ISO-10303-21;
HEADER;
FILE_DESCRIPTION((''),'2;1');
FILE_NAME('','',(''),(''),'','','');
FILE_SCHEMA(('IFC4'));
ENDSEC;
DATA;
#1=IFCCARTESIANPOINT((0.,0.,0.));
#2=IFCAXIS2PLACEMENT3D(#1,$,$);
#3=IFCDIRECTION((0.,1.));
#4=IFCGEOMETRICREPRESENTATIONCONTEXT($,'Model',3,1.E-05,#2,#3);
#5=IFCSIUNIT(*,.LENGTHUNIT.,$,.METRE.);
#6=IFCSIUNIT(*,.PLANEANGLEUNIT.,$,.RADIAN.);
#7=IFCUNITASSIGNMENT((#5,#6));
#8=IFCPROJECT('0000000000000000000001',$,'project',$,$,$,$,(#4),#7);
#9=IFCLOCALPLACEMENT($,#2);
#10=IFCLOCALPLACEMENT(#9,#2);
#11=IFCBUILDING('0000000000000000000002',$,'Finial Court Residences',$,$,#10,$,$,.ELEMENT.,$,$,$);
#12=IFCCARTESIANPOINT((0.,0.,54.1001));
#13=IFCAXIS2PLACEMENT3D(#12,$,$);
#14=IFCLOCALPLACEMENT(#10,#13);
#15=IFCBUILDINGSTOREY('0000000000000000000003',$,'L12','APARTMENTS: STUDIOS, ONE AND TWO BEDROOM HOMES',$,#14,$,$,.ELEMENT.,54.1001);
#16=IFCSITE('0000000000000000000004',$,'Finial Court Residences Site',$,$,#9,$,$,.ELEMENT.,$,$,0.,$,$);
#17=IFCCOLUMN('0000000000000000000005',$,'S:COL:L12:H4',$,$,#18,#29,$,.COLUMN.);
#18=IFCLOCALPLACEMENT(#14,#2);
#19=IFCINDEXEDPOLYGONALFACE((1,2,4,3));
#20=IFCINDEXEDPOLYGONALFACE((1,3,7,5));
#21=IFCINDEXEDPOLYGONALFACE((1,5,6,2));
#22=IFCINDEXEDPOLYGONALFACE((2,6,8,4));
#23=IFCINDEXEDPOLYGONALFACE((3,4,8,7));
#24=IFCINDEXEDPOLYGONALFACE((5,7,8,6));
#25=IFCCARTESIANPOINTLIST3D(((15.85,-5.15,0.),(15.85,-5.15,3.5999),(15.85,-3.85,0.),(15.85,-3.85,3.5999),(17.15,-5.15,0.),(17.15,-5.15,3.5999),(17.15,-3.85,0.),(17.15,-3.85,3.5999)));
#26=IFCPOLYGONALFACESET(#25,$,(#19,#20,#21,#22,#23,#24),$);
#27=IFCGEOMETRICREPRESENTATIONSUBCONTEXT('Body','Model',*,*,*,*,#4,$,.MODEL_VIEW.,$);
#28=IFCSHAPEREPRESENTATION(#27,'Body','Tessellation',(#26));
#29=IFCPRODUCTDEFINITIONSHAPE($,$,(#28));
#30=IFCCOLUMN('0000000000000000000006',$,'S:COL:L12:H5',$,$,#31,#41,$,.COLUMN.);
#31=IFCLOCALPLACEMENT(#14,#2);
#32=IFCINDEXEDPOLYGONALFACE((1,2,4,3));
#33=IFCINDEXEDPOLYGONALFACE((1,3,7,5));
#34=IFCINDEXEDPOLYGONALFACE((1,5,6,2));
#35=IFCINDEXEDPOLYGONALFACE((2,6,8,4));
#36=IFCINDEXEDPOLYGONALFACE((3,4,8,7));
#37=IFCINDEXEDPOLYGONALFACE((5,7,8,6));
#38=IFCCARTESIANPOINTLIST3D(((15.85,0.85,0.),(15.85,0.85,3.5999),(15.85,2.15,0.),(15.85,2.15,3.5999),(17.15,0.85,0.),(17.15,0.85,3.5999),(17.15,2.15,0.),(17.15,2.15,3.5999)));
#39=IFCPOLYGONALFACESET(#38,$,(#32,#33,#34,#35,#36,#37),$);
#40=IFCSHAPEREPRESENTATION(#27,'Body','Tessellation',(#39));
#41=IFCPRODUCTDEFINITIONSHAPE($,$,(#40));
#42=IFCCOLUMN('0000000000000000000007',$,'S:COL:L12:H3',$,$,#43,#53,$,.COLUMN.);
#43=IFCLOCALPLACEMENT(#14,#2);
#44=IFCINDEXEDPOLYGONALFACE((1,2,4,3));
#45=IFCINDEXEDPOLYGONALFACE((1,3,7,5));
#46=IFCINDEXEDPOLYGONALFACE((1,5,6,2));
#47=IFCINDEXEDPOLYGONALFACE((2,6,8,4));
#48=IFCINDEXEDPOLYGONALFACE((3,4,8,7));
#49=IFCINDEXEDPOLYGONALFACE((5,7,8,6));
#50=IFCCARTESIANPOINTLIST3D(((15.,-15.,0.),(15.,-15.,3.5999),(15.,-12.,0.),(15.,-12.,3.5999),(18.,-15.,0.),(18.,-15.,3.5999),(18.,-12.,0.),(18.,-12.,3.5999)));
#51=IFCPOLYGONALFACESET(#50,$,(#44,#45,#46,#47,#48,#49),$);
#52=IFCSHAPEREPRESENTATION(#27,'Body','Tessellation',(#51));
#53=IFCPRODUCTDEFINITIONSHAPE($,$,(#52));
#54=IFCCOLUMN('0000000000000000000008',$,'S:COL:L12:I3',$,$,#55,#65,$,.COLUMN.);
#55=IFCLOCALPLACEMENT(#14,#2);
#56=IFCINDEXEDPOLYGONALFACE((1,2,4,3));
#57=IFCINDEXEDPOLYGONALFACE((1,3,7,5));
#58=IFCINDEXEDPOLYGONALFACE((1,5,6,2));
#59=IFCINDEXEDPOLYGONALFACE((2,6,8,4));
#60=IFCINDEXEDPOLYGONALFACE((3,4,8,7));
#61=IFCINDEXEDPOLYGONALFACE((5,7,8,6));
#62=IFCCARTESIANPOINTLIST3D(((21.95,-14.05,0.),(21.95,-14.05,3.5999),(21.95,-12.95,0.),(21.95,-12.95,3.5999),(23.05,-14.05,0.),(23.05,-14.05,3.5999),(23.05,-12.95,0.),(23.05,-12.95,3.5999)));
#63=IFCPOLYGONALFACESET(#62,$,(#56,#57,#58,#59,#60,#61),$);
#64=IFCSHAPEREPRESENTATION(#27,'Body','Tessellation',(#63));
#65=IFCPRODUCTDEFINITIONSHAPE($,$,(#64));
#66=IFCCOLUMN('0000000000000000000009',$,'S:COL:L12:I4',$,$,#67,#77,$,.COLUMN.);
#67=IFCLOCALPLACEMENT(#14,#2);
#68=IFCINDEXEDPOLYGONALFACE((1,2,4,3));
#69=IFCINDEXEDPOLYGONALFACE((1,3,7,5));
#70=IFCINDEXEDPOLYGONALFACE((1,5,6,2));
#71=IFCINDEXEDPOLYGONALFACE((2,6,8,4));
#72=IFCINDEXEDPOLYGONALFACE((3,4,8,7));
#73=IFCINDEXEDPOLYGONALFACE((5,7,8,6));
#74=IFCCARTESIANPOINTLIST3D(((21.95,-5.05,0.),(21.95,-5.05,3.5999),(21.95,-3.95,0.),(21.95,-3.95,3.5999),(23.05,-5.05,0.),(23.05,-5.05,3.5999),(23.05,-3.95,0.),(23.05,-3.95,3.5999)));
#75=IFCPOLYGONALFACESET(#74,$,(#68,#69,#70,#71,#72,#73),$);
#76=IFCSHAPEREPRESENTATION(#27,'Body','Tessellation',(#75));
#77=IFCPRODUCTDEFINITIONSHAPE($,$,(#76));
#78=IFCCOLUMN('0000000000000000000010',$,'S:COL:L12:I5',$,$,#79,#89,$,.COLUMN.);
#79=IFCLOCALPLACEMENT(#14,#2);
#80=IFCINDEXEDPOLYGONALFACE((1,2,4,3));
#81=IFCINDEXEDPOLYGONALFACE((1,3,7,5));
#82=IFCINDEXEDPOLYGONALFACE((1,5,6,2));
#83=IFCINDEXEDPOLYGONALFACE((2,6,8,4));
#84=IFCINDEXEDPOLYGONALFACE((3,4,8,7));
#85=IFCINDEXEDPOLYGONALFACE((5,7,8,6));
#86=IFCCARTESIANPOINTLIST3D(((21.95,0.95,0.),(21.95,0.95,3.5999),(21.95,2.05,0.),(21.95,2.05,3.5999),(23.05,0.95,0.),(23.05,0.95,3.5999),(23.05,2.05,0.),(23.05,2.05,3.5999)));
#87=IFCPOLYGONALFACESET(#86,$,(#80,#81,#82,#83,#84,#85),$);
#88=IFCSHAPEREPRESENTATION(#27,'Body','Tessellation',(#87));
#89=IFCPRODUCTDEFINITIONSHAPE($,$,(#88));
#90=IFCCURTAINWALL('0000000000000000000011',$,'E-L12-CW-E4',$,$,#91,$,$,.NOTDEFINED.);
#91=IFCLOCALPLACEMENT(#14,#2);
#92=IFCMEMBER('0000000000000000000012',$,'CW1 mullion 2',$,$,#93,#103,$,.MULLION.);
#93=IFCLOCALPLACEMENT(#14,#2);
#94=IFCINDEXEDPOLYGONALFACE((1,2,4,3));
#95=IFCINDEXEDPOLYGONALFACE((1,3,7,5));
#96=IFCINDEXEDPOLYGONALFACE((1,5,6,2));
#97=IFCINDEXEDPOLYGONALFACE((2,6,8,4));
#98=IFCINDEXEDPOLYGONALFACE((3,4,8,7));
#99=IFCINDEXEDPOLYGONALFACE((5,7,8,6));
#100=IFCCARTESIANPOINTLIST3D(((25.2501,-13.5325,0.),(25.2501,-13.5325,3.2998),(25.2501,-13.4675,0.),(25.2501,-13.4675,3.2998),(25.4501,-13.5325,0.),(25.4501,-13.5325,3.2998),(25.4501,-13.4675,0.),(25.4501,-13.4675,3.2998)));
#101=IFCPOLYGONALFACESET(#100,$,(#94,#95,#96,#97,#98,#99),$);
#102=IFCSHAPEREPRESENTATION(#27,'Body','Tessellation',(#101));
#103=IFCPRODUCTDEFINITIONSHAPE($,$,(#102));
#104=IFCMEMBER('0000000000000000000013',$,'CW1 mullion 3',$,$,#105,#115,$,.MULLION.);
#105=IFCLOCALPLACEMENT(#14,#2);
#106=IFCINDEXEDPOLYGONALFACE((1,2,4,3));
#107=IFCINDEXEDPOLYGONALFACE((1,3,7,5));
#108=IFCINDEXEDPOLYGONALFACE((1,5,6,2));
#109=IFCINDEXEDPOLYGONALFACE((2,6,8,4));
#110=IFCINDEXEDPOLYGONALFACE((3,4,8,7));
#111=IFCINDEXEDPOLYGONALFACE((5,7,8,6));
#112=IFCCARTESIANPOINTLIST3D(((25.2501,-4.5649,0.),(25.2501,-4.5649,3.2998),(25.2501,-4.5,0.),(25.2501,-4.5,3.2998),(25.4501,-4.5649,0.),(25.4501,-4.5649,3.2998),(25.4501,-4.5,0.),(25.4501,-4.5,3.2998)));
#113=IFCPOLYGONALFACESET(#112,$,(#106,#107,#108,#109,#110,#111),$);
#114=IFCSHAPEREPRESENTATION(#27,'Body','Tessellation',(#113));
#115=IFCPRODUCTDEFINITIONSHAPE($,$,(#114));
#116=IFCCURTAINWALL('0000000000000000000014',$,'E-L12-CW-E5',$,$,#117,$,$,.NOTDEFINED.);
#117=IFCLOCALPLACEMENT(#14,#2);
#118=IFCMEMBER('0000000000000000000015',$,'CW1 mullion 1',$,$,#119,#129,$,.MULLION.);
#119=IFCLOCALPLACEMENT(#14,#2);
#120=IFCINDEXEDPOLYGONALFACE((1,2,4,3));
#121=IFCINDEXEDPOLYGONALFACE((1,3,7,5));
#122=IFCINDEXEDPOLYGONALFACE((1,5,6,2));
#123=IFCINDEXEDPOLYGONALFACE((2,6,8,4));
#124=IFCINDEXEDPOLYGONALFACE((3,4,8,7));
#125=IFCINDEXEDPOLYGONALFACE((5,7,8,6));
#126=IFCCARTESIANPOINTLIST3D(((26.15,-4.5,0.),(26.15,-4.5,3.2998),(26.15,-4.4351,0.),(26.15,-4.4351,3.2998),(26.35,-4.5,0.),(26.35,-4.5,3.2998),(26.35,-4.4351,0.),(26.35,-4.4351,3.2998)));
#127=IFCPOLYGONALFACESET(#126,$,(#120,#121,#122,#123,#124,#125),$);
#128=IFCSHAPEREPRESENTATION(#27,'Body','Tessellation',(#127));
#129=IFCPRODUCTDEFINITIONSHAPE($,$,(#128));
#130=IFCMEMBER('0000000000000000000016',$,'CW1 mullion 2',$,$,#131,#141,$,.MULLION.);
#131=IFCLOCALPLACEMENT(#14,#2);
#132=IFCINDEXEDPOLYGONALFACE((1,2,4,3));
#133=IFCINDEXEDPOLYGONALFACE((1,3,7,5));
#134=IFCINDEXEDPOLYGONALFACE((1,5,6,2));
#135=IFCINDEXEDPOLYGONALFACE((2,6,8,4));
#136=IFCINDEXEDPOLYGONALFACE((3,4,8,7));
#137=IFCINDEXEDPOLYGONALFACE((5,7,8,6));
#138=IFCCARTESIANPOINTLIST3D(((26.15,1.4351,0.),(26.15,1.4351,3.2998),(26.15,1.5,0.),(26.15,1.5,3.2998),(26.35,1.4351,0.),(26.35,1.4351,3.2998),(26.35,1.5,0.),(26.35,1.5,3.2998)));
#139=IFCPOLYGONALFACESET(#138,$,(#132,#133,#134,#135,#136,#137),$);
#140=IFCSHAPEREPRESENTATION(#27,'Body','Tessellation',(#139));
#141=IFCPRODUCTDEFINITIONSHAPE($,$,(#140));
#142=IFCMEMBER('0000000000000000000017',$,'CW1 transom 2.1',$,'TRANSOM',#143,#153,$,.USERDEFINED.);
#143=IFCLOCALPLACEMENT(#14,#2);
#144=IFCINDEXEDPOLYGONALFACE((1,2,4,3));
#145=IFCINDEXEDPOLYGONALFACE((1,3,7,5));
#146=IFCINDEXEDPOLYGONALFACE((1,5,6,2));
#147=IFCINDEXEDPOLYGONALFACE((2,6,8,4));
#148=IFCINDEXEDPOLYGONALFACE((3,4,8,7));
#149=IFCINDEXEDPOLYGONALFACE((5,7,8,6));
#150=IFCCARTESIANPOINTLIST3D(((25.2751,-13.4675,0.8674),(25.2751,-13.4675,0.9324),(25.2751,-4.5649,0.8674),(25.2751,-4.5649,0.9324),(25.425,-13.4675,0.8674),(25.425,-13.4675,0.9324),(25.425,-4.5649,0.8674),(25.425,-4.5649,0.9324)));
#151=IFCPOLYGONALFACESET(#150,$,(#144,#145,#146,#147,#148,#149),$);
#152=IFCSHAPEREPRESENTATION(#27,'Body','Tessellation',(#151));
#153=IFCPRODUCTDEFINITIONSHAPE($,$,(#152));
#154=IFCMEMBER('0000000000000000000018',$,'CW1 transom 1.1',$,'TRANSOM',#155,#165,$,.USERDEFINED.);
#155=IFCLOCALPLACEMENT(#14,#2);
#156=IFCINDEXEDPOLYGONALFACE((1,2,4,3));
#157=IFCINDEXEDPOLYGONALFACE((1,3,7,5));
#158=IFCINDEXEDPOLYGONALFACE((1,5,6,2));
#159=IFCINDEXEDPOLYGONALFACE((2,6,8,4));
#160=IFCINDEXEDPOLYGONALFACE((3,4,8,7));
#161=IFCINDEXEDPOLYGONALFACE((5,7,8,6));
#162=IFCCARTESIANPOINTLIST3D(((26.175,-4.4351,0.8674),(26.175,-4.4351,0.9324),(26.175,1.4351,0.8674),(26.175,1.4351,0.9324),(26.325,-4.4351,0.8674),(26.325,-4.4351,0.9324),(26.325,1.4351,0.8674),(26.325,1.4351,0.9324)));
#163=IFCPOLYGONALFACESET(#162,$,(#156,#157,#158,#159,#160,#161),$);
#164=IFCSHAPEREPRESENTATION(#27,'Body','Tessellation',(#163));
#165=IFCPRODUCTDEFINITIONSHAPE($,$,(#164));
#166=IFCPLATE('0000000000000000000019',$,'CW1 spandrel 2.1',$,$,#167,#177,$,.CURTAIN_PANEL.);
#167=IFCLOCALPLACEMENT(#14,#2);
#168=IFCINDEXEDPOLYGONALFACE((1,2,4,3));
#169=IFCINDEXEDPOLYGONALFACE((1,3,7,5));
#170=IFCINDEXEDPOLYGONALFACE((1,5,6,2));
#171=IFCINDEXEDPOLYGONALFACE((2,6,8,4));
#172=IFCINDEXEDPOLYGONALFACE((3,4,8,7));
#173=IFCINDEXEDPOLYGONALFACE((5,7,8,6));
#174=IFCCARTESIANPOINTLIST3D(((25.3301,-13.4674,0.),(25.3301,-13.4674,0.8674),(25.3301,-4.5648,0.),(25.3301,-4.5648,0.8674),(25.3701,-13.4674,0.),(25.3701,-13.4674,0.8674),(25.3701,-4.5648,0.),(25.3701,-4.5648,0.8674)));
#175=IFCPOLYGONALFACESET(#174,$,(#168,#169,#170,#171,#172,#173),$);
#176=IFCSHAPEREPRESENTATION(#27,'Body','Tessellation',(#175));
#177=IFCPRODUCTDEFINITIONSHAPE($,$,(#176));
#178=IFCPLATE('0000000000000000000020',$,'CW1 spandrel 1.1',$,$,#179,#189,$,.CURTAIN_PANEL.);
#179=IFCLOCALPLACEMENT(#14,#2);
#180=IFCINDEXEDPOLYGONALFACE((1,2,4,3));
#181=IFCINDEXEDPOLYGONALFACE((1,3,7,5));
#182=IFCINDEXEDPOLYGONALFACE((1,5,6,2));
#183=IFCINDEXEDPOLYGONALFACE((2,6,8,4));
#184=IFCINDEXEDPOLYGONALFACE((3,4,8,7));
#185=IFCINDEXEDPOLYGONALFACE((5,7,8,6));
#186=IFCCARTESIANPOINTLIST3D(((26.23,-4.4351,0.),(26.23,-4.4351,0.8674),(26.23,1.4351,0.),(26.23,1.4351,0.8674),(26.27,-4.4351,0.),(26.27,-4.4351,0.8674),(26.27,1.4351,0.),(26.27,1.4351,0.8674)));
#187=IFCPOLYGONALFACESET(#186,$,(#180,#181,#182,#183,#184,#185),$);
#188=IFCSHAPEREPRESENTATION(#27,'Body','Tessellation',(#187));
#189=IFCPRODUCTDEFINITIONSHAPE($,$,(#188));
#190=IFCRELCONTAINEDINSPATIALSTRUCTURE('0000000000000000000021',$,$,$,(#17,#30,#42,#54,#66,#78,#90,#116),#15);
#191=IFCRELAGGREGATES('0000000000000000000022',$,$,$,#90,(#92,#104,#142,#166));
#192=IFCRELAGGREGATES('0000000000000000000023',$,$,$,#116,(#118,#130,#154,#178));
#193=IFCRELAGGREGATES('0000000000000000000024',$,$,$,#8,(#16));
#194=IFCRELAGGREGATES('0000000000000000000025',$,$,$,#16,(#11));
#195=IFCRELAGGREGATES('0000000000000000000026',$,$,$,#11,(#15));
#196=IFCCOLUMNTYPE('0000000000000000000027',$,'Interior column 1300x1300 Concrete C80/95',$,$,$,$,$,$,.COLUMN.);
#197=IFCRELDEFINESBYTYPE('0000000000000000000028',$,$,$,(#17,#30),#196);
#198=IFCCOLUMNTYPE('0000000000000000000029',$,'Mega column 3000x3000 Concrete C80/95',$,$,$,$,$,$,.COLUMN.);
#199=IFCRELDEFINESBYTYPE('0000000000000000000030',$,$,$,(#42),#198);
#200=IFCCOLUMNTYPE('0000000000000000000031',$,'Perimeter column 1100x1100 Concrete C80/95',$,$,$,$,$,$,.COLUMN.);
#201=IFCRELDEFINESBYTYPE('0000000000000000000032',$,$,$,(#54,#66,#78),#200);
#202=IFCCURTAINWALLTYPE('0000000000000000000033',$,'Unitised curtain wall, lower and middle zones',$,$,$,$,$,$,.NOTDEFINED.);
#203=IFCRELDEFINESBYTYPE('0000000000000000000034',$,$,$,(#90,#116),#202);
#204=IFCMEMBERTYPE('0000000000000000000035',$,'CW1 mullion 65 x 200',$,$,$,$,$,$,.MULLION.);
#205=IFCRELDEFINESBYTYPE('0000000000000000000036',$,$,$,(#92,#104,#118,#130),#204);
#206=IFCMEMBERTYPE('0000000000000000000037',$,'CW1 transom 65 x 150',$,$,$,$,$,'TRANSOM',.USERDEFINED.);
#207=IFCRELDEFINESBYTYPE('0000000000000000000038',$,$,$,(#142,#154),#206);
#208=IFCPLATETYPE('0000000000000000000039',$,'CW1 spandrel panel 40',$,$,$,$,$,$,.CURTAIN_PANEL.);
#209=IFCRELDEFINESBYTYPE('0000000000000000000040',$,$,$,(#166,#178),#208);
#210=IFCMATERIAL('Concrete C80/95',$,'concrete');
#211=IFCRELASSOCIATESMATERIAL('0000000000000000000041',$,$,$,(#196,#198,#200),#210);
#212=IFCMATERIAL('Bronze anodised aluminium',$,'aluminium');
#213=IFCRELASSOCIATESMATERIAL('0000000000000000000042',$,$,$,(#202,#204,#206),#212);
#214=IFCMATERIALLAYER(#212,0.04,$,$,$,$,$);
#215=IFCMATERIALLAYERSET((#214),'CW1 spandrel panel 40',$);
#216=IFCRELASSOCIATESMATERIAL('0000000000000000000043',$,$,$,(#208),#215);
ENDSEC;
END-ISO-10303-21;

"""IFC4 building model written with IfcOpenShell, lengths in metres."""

from ifc_helpers import new_model, si_unit, direction, frame, origin, origin_2d, place, context, subcontext, project, spatial, rectangle, extrude, material, layer, layer_set, material_profile, profile_set, type_object, element, aggregate, save


model = new_model("IFC4")

# Units and contexts
model_context = context("Model", 3, precision=1e-05, world=origin(), true_north=direction((0.0, 1.0)))
body_context = subcontext(model_context, "Body", "Model", "MODEL_VIEW")
ifc_project = project(units=[si_unit("LENGTHUNIT", "METRE"), si_unit("PLANEANGLEUNIT", "RADIAN")], contexts=[model_context])

# Site, building, storey
site_placement = place(None, origin())
site = spatial("IfcSite", under=ifc_project, at=site_placement, Name="Finial Court Residences Site", CompositionType="ELEMENT", RefElevation=0.0)
building_placement = place(site_placement, origin())
building = spatial("IfcBuilding", under=site, at=building_placement, Name="Finial Court Residences", CompositionType="ELEMENT")
storey_placement = place(building_placement, frame((0.0, 0.0, 54.1001)))
storey = spatial("IfcBuildingStorey", under=building, at=storey_placement, Name="L12", Description="APARTMENTS: STUDIOS, ONE AND TWO BEDROOM HOMES", CompositionType="ELEMENT", Elevation=54.1001)

# Columns
ifc_material_1 = material(Name="Concrete C80/95", Category="concrete")
ifc_material_profile_1 = material_profile(ifc_material_1, rectangle(XDim=1.3, YDim=1.3, at=origin_2d()), Name="1300x1300")
ifc_profile_set_1 = profile_set([ifc_material_profile_1], Name="Concrete C80/95")
column_type_1 = type_object("IfcColumnType", Name="Interior column 1300x1300 Concrete C80/95", PredefinedType="COLUMN", material=ifc_profile_set_1)
for number, where, z_axis, x_axis, name in (
    (1, (16.5, -4.5, 0.0), (0.0, 0.0, 1.0), (1.0, 0.0, 0.0), "S:COL:L12:H4"),
    (2, (16.5, 1.5, 0.0), (0.0, 0.0, 1.0), (1.0, 0.0, 0.0), "S:COL:L12:H5"),
):
    element("IfcColumn", number, at=place(storey_placement, frame(where, z_axis=z_axis, x_axis=x_axis)), inside=storey, type_object=column_type_1, Name=name, PredefinedType="COLUMN", context=body_context, shape_type="SweptSolid", body=[
        extrude(rectangle(XDim=1.3, YDim=1.3, at=origin_2d()), origin(), (0.0, 0.0, 1.0), 3.5999),
    ])
ifc_material_profile_2 = material_profile(ifc_material_1, rectangle(XDim=3.0, YDim=3.0, at=origin_2d()), Name="3000x3000")
ifc_profile_set_2 = profile_set([ifc_material_profile_2], Name="Concrete C80/95")
column_type_2 = type_object("IfcColumnType", Name="Mega column 3000x3000 Concrete C80/95", PredefinedType="COLUMN", material=ifc_profile_set_2)
column_placement = place(storey_placement, frame((16.5, -13.5, 0.0), z_axis=(0.0, 0.0, 1.0), x_axis=(1.0, 0.0, 0.0)))
element("IfcColumn", 3, at=column_placement, inside=storey, type_object=column_type_2, Name="S:COL:L12:H3", PredefinedType="COLUMN", context=body_context, shape_type="SweptSolid", body=[
    extrude(rectangle(XDim=3.0, YDim=3.0, at=origin_2d()), origin(), (0.0, 0.0, 1.0), 3.5999),
])
ifc_material_profile_3 = material_profile(ifc_material_1, rectangle(XDim=1.1001, YDim=1.1001, at=origin_2d()), Name="1100x1100")
ifc_profile_set_3 = profile_set([ifc_material_profile_3], Name="Concrete C80/95")
column_type_3 = type_object("IfcColumnType", Name="Perimeter column 1100x1100 Concrete C80/95", PredefinedType="COLUMN", material=ifc_profile_set_3)
for number, where, z_axis, x_axis, name in (
    (4, (22.5, -13.5, 0.0), (0.0, 0.0, 1.0), (1.0, 0.0, 0.0), "S:COL:L12:I3"),
    (5, (22.5, -4.5, 0.0), (0.0, 0.0, 1.0), (1.0, 0.0, 0.0), "S:COL:L12:I4"),
    (6, (22.5, 1.5, 0.0), (0.0, 0.0, 1.0), (1.0, 0.0, 0.0), "S:COL:L12:I5"),
):
    element("IfcColumn", number, at=place(storey_placement, frame(where, z_axis=z_axis, x_axis=x_axis)), inside=storey, type_object=column_type_3, Name=name, PredefinedType="COLUMN", context=body_context, shape_type="SweptSolid", body=[
        extrude(rectangle(XDim=1.1001, YDim=1.1001, at=origin_2d()), origin(), (0.0, 0.0, 1.0), 3.5999),
    ])

# Curtain walls, members
ifc_material_2 = material(Name="Bronze anodised aluminium", Category="aluminium")
curtain_wall_type = type_object("IfcCurtainWallType", Name="Unitised curtain wall, lower and middle zones", PredefinedType="NOTDEFINED", material=ifc_material_2)
curtain_wall_1_placement = place(storey_placement, origin())
curtain_wall_1 = element("IfcCurtainWall", 7, at=curtain_wall_1_placement, inside=storey, type_object=curtain_wall_type, Name="E-L12-CW-E4", PredefinedType="NOTDEFINED")
ifc_material_profile_4 = material_profile(ifc_material_2, rectangle(XDim=0.2, YDim=0.0649, at=origin_2d()), Name="CW1 mullion 65 x 200")
ifc_profile_set_4 = profile_set([ifc_material_profile_4], Name="Bronze anodised aluminium")
member_type_1 = type_object("IfcMemberType", Name="CW1 mullion 65 x 200", PredefinedType="MULLION", material=ifc_profile_set_4)
member_1_placement = place(storey_placement, frame((25.3501, -13.5, 0.0), z_axis=(0.0, 0.0, 1.0), x_axis=(-1.0, 0.0, 0.0)))
member_1 = element("IfcMember", 8, at=member_1_placement, type_object=member_type_1, Name="CW1 mullion 2", PredefinedType="MULLION", context=body_context, shape_type="SweptSolid", body=[
    extrude(rectangle(XDim=0.2, YDim=0.0649, at=origin_2d()), origin(), (0.0, 0.0, 1.0), 3.2998),
])
member_2_placement = place(storey_placement, frame((25.3501, -4.5325, 0.0), z_axis=(0.0, 0.0, 1.0), x_axis=(-1.0, 0.0, 0.0)))
member_2 = element("IfcMember", 9, at=member_2_placement, type_object=member_type_1, Name="CW1 mullion 3", PredefinedType="MULLION", context=body_context, shape_type="SweptSolid", body=[
    extrude(rectangle(XDim=0.2, YDim=0.0649, at=origin_2d()), origin(), (0.0, 0.0, 1.0), 3.2998),
])
curtain_wall_2_placement = place(storey_placement, origin())
curtain_wall_2 = element("IfcCurtainWall", 10, at=curtain_wall_2_placement, inside=storey, type_object=curtain_wall_type, Name="E-L12-CW-E5", PredefinedType="NOTDEFINED")
member_3_placement = place(storey_placement, frame((26.25, -4.4675, 0.0), z_axis=(0.0, 0.0, 1.0), x_axis=(-1.0, 0.0, 0.0)))
member_3 = element("IfcMember", 11, at=member_3_placement, type_object=member_type_1, Name="CW1 mullion 1", PredefinedType="MULLION", context=body_context, shape_type="SweptSolid", body=[
    extrude(rectangle(XDim=0.2, YDim=0.0649, at=origin_2d()), origin(), (0.0, 0.0, 1.0), 3.2998),
])
member_4_placement = place(storey_placement, frame((26.25, 1.4675, 0.0), z_axis=(0.0, 0.0, 1.0), x_axis=(-1.0, 0.0, 0.0)))
member_4 = element("IfcMember", 12, at=member_4_placement, type_object=member_type_1, Name="CW1 mullion 2", PredefinedType="MULLION", context=body_context, shape_type="SweptSolid", body=[
    extrude(rectangle(XDim=0.2, YDim=0.0649, at=origin_2d()), origin(), (0.0, 0.0, 1.0), 3.2998),
])

# Members
ifc_material_profile_5 = material_profile(ifc_material_2, rectangle(XDim=0.1499, YDim=0.0649, at=origin_2d()), Name="CW1 transom 65 x 150")
ifc_profile_set_5 = profile_set([ifc_material_profile_5], Name="Bronze anodised aluminium")
member_type_2 = type_object("IfcMemberType", Name="CW1 transom 65 x 150", ElementType="TRANSOM", PredefinedType="USERDEFINED", material=ifc_profile_set_5)
member_5_placement = place(storey_placement, frame((25.3501, -13.4675, 0.8999), z_axis=(0.0, 1.0, 0.0), x_axis=(-1.0, 0.0, 0.0)))
member_5 = element("IfcMember", 13, at=member_5_placement, type_object=member_type_2, Name="CW1 transom 2.1", ObjectType="TRANSOM", PredefinedType="USERDEFINED", context=body_context, shape_type="SweptSolid", body=[
    extrude(rectangle(XDim=0.1499, YDim=0.0649, at=origin_2d()), origin(), (0.0, 0.0, 1.0), 8.9026),
])
member_6_placement = place(storey_placement, frame((26.25, -4.4351, 0.8999), z_axis=(0.0, 1.0, 0.0), x_axis=(-1.0, 0.0, 0.0)))
member_6 = element("IfcMember", 14, at=member_6_placement, type_object=member_type_2, Name="CW1 transom 1.1", ObjectType="TRANSOM", PredefinedType="USERDEFINED", context=body_context, shape_type="SweptSolid", body=[
    extrude(rectangle(XDim=0.1499, YDim=0.0649, at=origin_2d()), origin(), (0.0, 0.0, 1.0), 5.8701),
])

# Plates
ifc_layer_1 = layer(ifc_material_2, 0.04)
ifc_layer_set_1 = layer_set([ifc_layer_1], Name="CW1 spandrel panel 40")
plate_type_1 = type_object("IfcPlateType", Name="CW1 spandrel panel 40", PredefinedType="CURTAIN_PANEL", material=ifc_layer_set_1)
plate_1_placement = place(storey_placement, frame((25.3501, -9.0161, 0.0), z_axis=(0.0, 0.0, 1.0), x_axis=(0.0, 1.0, 0.0)))
plate_1 = element("IfcPlate", 15, at=plate_1_placement, type_object=plate_type_1, Name="CW1 spandrel 2.1", PredefinedType="CURTAIN_PANEL", context=body_context, shape_type="SweptSolid", body=[
    extrude(rectangle(XDim=8.9026, YDim=0.04, at=origin_2d()), origin(), (0.0, 0.0, 1.0), 0.8674),
])
plate_2_placement = place(storey_placement, frame((26.25, -1.5, 0.0), z_axis=(0.0, 0.0, 1.0), x_axis=(0.0, 1.0, 0.0)))
plate_2 = element("IfcPlate", 16, at=plate_2_placement, type_object=plate_type_1, Name="CW1 spandrel 1.1", PredefinedType="CURTAIN_PANEL", context=body_context, shape_type="SweptSolid", body=[
    extrude(rectangle(XDim=5.8701, YDim=0.04, at=origin_2d()), origin(), (0.0, 0.0, 1.0), 0.8674),
])
aggregate(curtain_wall_1, [member_1, member_2, member_5, plate_1])
aggregate(curtain_wall_2, [member_3, member_4, member_6, plate_2])

save(model, "model.ifc")
